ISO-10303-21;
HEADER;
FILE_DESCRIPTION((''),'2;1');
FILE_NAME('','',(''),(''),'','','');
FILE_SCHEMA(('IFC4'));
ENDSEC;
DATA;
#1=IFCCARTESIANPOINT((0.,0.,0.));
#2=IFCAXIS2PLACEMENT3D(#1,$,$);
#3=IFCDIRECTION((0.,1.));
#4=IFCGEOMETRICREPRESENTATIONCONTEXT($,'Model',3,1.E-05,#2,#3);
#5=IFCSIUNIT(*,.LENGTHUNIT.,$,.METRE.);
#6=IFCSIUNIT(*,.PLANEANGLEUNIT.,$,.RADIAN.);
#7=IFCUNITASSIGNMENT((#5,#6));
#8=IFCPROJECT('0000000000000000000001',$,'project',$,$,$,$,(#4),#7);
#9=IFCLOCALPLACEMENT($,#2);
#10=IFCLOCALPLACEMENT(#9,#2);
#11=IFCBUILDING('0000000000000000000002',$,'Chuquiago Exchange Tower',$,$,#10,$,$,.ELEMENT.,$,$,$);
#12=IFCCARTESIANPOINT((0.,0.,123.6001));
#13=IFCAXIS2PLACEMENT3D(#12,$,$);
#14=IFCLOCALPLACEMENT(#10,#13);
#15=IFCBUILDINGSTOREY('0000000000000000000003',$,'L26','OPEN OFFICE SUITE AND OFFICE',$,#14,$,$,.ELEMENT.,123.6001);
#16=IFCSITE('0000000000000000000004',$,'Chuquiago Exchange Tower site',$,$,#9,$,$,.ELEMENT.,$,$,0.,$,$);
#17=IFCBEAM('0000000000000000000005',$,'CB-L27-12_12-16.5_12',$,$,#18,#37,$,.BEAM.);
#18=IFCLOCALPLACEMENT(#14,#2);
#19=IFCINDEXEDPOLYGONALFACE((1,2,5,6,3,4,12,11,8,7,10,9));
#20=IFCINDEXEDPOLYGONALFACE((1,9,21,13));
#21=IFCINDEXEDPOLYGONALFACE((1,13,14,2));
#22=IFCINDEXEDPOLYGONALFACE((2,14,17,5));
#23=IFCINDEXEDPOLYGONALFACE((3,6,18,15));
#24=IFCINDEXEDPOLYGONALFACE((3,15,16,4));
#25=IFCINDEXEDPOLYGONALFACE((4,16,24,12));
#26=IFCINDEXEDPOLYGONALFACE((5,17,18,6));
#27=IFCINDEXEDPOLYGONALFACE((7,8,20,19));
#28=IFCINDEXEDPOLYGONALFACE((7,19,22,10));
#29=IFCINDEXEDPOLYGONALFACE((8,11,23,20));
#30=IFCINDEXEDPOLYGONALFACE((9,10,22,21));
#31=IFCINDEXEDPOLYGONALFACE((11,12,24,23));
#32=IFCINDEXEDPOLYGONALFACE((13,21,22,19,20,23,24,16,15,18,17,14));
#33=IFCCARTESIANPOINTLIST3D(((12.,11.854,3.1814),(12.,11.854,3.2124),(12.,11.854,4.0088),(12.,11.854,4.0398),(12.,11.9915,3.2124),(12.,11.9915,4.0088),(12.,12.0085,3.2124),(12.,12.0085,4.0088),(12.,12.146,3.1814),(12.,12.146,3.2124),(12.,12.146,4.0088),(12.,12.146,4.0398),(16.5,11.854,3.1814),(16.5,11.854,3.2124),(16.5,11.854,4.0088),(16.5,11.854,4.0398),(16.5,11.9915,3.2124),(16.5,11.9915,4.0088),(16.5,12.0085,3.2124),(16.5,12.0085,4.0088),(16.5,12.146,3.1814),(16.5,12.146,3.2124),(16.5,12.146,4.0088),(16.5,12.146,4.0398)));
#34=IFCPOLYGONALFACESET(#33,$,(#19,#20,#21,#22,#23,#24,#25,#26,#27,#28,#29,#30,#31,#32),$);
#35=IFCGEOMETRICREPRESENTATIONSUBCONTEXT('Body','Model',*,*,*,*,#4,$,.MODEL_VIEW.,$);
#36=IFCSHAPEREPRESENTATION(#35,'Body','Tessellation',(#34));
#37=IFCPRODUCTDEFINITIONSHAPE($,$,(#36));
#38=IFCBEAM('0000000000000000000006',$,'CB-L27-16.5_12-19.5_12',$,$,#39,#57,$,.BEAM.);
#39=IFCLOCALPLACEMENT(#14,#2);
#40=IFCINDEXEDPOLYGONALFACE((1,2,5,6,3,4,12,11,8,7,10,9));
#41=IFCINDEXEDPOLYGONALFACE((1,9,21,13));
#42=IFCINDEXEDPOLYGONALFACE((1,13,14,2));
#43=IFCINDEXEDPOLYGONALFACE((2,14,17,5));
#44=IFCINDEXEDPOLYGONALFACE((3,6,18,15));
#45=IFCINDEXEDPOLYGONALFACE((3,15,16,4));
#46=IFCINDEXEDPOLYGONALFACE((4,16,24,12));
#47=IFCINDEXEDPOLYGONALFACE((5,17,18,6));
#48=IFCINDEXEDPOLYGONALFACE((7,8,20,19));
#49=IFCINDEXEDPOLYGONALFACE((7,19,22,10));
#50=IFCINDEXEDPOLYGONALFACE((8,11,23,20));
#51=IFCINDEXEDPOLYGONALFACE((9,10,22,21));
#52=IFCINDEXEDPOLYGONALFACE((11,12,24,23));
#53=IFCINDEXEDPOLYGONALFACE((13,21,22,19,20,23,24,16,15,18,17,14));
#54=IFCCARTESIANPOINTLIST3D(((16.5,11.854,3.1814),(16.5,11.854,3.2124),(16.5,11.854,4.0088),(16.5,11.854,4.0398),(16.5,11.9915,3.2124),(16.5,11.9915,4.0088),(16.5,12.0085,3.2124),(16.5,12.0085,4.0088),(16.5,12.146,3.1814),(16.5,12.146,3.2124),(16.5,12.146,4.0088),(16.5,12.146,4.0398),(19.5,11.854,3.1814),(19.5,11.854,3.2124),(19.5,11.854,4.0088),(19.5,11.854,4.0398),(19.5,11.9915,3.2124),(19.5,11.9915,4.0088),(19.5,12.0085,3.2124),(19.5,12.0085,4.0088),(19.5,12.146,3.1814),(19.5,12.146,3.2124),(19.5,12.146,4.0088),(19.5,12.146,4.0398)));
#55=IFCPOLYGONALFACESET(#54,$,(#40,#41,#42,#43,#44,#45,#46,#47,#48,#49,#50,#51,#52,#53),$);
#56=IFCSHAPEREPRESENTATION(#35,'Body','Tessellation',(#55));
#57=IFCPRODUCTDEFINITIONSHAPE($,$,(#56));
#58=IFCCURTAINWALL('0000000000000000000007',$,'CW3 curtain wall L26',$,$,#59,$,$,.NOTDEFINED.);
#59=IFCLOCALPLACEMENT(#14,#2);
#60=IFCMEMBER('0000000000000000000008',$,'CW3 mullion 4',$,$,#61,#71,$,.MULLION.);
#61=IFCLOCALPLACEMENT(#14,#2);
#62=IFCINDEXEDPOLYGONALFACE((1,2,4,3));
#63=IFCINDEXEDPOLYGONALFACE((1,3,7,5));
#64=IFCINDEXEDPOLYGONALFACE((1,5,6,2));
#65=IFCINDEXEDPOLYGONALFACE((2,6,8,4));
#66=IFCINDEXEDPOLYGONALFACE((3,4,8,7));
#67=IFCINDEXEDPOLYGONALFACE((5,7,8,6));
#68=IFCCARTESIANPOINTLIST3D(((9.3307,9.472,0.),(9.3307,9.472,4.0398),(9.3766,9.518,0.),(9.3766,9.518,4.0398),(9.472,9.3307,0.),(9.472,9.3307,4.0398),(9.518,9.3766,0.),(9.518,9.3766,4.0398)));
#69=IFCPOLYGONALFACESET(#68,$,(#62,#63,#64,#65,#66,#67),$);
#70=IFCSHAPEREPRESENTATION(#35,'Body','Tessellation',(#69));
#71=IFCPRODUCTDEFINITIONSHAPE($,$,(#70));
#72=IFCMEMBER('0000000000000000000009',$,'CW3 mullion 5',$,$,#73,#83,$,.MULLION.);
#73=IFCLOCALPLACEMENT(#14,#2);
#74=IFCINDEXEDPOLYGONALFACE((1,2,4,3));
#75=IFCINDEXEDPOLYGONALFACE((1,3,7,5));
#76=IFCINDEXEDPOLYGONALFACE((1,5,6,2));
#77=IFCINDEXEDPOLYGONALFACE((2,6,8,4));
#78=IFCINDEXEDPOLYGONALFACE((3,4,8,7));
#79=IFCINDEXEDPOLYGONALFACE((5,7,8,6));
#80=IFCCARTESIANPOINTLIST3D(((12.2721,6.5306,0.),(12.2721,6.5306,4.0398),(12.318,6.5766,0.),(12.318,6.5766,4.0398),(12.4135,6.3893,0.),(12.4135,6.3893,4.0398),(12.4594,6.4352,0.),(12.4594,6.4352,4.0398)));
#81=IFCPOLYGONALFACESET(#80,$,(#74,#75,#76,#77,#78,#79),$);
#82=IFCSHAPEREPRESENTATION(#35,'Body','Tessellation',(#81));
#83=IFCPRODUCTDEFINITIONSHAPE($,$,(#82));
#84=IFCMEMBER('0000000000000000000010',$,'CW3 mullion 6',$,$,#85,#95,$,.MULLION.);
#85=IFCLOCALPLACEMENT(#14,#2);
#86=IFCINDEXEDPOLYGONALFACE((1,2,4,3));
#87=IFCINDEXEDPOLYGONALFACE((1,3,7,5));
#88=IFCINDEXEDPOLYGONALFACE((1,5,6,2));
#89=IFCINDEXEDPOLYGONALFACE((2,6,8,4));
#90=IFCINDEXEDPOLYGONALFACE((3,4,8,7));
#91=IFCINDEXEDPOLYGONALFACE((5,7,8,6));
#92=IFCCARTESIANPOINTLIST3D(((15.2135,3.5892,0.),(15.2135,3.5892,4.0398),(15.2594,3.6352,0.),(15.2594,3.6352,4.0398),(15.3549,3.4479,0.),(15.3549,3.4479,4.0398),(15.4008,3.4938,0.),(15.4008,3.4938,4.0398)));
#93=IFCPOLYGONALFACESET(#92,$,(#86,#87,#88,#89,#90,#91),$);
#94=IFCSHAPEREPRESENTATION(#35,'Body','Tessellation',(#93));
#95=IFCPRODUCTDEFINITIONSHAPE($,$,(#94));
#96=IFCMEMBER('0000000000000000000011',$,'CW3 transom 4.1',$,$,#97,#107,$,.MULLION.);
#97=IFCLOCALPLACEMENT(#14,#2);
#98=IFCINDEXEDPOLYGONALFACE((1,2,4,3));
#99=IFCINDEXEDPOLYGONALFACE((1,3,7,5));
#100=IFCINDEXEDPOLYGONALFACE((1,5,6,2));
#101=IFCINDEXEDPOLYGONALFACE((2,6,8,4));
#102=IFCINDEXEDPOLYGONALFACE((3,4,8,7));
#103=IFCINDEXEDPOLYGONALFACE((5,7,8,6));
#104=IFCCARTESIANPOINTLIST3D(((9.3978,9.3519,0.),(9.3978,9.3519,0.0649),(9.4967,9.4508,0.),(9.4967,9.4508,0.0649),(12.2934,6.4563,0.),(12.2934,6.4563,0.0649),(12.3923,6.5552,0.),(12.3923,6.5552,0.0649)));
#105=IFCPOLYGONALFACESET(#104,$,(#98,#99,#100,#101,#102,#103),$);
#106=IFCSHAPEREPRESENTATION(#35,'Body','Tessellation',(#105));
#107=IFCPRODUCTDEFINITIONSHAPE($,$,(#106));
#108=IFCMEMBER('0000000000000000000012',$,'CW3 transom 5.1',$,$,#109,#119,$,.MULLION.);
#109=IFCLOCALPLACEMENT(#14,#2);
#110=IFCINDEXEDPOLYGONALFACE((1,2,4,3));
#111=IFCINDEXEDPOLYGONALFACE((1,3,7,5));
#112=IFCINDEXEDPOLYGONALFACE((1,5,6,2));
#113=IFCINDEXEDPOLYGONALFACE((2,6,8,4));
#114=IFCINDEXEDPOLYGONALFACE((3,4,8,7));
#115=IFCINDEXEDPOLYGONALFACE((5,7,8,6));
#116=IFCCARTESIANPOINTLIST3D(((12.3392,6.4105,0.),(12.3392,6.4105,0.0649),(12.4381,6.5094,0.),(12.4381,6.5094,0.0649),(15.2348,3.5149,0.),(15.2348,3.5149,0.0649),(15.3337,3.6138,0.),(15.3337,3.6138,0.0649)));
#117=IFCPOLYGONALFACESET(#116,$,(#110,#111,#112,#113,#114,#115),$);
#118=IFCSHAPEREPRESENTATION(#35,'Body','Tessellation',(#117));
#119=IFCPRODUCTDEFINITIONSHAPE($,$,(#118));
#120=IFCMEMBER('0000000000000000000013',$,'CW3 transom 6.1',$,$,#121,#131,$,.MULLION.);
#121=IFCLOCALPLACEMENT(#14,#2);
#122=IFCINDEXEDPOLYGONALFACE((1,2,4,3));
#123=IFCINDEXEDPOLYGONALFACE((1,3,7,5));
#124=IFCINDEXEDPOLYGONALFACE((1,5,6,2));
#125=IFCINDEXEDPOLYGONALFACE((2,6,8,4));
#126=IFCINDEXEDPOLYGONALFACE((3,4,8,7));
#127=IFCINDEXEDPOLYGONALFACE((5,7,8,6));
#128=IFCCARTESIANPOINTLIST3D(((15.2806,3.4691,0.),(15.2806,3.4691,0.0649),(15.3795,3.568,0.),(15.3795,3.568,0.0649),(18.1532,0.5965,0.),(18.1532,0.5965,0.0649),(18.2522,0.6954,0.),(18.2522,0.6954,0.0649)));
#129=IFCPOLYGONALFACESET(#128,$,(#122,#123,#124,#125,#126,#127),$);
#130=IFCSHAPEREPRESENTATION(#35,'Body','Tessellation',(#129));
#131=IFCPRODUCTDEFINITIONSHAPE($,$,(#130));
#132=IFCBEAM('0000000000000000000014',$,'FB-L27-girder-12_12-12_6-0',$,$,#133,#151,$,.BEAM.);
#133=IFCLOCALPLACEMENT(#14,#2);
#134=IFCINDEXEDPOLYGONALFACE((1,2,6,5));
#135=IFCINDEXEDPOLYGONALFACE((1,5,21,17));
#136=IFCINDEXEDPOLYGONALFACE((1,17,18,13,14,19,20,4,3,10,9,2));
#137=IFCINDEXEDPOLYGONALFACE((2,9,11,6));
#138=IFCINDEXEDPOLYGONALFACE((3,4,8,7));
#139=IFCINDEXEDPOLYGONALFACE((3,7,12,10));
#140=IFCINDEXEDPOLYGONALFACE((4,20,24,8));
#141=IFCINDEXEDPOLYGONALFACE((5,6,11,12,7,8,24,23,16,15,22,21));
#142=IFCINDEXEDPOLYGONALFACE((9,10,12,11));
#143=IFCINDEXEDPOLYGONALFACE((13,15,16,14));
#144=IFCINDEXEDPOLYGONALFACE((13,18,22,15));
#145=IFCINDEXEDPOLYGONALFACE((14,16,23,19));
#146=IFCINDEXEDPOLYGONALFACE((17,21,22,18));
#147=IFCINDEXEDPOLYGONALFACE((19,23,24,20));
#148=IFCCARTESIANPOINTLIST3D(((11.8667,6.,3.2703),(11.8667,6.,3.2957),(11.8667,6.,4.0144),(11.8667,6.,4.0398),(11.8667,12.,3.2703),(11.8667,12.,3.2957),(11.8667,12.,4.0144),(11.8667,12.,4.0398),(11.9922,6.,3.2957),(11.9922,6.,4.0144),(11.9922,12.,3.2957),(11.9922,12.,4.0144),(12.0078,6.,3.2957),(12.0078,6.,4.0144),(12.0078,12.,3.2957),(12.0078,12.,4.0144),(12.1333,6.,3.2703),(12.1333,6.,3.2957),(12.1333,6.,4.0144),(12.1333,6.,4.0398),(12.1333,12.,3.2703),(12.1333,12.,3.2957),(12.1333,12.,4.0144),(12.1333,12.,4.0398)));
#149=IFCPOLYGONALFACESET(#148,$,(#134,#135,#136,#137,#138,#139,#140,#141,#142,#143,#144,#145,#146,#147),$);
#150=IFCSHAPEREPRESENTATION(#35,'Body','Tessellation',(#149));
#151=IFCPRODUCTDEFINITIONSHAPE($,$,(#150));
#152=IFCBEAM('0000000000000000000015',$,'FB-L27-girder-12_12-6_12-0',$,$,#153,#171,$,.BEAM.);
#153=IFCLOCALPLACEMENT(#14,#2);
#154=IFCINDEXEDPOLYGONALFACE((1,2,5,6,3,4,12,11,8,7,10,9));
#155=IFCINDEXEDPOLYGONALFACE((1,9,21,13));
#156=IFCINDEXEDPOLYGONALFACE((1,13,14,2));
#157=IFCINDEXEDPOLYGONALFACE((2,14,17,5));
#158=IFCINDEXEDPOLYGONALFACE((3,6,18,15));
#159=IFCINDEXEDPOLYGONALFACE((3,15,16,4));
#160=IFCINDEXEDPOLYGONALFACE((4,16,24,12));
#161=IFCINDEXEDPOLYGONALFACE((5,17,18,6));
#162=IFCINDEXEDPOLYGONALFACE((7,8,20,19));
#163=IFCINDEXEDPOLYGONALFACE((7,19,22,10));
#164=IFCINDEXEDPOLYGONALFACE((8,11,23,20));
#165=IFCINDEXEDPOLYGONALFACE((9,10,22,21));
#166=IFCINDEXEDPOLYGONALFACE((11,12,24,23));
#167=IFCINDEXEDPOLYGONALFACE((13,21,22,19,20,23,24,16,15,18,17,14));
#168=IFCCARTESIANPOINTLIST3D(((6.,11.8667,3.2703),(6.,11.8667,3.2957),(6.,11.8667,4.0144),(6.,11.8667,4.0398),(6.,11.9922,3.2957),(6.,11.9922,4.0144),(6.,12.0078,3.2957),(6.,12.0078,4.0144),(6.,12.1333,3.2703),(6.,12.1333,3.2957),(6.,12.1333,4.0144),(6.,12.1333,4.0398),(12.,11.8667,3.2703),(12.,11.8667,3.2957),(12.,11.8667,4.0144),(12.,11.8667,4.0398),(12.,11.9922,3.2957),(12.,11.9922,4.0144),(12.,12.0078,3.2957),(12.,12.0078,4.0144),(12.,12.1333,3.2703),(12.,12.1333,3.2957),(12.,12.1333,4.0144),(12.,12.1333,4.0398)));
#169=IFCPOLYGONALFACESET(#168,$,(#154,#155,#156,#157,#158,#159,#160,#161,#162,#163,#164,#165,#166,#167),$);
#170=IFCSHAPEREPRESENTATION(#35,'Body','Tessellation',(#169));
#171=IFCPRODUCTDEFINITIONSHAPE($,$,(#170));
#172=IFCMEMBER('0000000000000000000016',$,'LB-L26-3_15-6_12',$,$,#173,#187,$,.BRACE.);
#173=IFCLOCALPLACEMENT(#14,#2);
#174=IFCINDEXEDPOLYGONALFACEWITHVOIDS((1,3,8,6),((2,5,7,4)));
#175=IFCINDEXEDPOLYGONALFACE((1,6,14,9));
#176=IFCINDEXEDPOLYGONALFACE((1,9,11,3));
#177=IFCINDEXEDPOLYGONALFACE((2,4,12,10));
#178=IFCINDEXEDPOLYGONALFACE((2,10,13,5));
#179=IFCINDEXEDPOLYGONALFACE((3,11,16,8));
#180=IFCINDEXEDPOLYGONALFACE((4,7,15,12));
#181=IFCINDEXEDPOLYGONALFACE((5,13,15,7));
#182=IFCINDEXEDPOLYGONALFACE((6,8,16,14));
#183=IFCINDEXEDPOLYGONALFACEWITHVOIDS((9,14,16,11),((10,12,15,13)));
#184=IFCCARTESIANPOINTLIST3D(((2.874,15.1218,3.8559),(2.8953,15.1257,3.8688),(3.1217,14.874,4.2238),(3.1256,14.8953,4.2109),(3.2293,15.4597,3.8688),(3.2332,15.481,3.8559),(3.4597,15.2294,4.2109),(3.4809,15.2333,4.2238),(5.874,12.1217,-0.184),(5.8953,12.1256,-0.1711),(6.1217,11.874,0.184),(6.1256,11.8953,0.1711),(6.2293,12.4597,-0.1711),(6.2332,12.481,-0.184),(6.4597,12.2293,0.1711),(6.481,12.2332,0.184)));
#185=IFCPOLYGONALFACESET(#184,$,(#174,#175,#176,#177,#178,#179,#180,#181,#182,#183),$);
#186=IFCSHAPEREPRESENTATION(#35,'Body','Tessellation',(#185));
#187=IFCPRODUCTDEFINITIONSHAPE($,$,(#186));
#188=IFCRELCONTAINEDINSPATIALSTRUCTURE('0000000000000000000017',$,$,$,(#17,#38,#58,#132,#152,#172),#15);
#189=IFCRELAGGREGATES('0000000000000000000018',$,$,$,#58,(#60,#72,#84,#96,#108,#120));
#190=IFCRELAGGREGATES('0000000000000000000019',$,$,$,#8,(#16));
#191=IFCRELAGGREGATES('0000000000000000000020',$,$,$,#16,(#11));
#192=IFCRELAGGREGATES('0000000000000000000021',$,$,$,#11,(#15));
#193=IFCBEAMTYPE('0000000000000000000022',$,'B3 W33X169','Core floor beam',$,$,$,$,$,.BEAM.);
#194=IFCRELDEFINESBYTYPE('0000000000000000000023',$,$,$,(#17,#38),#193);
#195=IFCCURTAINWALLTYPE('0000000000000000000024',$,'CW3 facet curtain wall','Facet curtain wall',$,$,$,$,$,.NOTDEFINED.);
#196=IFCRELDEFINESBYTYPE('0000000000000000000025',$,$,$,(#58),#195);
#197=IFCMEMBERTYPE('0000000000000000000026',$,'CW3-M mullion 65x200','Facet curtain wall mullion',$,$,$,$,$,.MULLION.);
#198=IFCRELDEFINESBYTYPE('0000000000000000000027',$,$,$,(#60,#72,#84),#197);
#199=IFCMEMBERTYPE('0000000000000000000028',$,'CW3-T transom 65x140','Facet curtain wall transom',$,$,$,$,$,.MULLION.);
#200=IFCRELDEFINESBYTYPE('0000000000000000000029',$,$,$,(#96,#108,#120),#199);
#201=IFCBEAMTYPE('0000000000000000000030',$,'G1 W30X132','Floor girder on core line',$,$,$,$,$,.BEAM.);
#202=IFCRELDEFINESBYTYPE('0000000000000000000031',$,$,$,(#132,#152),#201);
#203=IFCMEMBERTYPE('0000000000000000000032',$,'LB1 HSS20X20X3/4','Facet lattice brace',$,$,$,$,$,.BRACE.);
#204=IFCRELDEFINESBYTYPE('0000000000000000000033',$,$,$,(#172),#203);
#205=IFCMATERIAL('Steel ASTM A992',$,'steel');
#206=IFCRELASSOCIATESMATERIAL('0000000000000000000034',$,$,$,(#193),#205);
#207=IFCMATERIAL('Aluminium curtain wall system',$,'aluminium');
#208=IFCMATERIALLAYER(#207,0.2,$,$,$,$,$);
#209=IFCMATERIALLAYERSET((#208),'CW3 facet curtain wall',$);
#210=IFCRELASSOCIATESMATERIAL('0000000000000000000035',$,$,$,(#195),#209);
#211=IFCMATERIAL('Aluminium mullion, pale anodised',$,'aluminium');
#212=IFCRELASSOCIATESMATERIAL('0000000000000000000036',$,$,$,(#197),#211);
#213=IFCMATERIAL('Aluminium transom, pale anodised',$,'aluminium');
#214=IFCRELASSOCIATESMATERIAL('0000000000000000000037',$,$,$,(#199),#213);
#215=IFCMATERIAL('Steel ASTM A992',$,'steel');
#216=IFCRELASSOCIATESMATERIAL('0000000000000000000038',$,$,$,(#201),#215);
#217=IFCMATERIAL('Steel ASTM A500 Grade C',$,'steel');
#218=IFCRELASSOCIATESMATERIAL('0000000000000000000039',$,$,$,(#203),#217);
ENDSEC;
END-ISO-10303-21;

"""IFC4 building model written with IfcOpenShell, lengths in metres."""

from ifc_helpers import new_model, si_unit, direction, frame, origin, origin_2d, place, context, subcontext, project, spatial, rectangle, hollow_rectangle, i_section, extrude, material, layer, layer_set, material_profile, profile_set, type_object, element, aggregate, save


model = new_model("IFC4")

# Units and contexts
model_context = context("Model", 3, precision=1e-05, world=origin(), true_north=direction((0.0, 1.0)))
body_context = subcontext(model_context, "Body", "Model", "MODEL_VIEW")
ifc_project = project(units=[si_unit("LENGTHUNIT", "METRE"), si_unit("PLANEANGLEUNIT", "RADIAN")], contexts=[model_context])

# Site, building, storey
site_placement = place(None, origin())
site = spatial("IfcSite", under=ifc_project, at=site_placement, Name="Chuquiago Exchange Tower site", CompositionType="ELEMENT", RefElevation=0.0)
building_placement = place(site_placement, origin())
building = spatial("IfcBuilding", under=site, at=building_placement, Name="Chuquiago Exchange Tower", CompositionType="ELEMENT")
storey_placement = place(building_placement, frame((0.0, 0.0, 123.6001)))
storey = spatial("IfcBuildingStorey", under=building, at=storey_placement, Name="L26", Description="OPEN OFFICE SUITE AND OFFICE", CompositionType="ELEMENT", Elevation=123.6001)

# Beams
ifc_material_1 = material(Name="Steel ASTM A992", Category="steel")
ifc_material_profile_1 = material_profile(ifc_material_1, i_section(OverallWidth=0.292, OverallDepth=0.8584, WebThickness=0.0171, FlangeThickness=0.031, at=origin_2d()), Name="W33X169")
ifc_profile_set_1 = profile_set([ifc_material_profile_1], Name="Steel ASTM A992")
beam_type_1 = type_object("IfcBeamType", Name="B3 W33X169", Description="Core floor beam", PredefinedType="BEAM", material=ifc_profile_set_1)
beam_1_placement = place(storey_placement, frame((12.0, 12.0, 3.6106), z_axis=(1.0, 0.0, 0.0), x_axis=(0.0, 1.0, 0.0)))
element("IfcBeam", 1, at=beam_1_placement, inside=storey, type_object=beam_type_1, Name="CB-L27-12_12-16.5_12", PredefinedType="BEAM", context=body_context, shape_type="SweptSolid", body=[
    extrude(i_section(OverallWidth=0.292, OverallDepth=0.8584, WebThickness=0.0171, FlangeThickness=0.031, at=origin_2d()), origin(), (0.0, 0.0, 1.0), 4.5),
])
beam_2_placement = place(storey_placement, frame((16.5, 12.0, 3.6106), z_axis=(1.0, 0.0, 0.0), x_axis=(0.0, 1.0, 0.0)))
element("IfcBeam", 2, at=beam_2_placement, inside=storey, type_object=beam_type_1, Name="CB-L27-16.5_12-19.5_12", PredefinedType="BEAM", context=body_context, shape_type="SweptSolid", body=[
    extrude(i_section(OverallWidth=0.292, OverallDepth=0.8584, WebThickness=0.0171, FlangeThickness=0.031, at=origin_2d()), origin(), (0.0, 0.0, 1.0), 3.0),
])

# Curtain wall, members
ifc_material_2 = material(Name="Aluminium curtain wall system", Category="aluminium")
ifc_layer_1 = layer(ifc_material_2, 0.2)
ifc_layer_set_1 = layer_set([ifc_layer_1], Name="CW3 facet curtain wall")
curtain_wall_type = type_object("IfcCurtainWallType", Name="CW3 facet curtain wall", Description="Facet curtain wall", PredefinedType="NOTDEFINED", material=ifc_layer_set_1)
curtain_wall_placement = place(storey_placement, origin())
curtain_wall = element("IfcCurtainWall", 3, at=curtain_wall_placement, inside=storey, type_object=curtain_wall_type, Name="CW3 curtain wall L26", PredefinedType="NOTDEFINED")
ifc_material_3 = material(Name="Aluminium mullion, pale anodised", Category="aluminium")
ifc_material_profile_2 = material_profile(ifc_material_3, rectangle(XDim=0.0649, YDim=0.2, at=origin_2d()), Name="AL 65x200")
ifc_profile_set_2 = profile_set([ifc_material_profile_2], Name="Aluminium mullion, pale anodised")
member_type_1 = type_object("IfcMemberType", Name="CW3-M mullion 65x200", Description="Facet curtain wall mullion", PredefinedType="MULLION", material=ifc_profile_set_2)
member_1_placement = place(storey_placement, frame((9.4243, 9.4243, 0.0), z_axis=(0.0, 0.0, 1.0), x_axis=(0.707107, 0.707107, 0.0)))
member_1 = element("IfcMember", 4, at=member_1_placement, type_object=member_type_1, Name="CW3 mullion 4", PredefinedType="MULLION", context=body_context, shape_type="SweptSolid", body=[
    extrude(rectangle(XDim=0.0649, YDim=0.2, at=origin_2d()), origin(), (0.0, 0.0, 1.0), 4.0398),
])
member_2_placement = place(storey_placement, frame((12.3657, 6.4829, 0.0), z_axis=(0.0, 0.0, 1.0), x_axis=(0.707107, 0.707107, 0.0)))
member_2 = element("IfcMember", 5, at=member_2_placement, type_object=member_type_1, Name="CW3 mullion 5", PredefinedType="MULLION", context=body_context, shape_type="SweptSolid", body=[
    extrude(rectangle(XDim=0.0649, YDim=0.2, at=origin_2d()), origin(), (0.0, 0.0, 1.0), 4.0398),
])
member_3_placement = place(storey_placement, frame((15.3071, 3.5415, 0.0), z_axis=(0.0, 0.0, 1.0), x_axis=(0.707107, 0.707107, 0.0)))
member_3 = element("IfcMember", 6, at=member_3_placement, type_object=member_type_1, Name="CW3 mullion 6", PredefinedType="MULLION", context=body_context, shape_type="SweptSolid", body=[
    extrude(rectangle(XDim=0.0649, YDim=0.2, at=origin_2d()), origin(), (0.0, 0.0, 1.0), 4.0398),
])
ifc_material_4 = material(Name="Aluminium transom, pale anodised", Category="aluminium")
ifc_material_profile_3 = material_profile(ifc_material_4, rectangle(XDim=0.1399, YDim=0.0649, at=origin_2d()), Name="AL 140x65")
ifc_profile_set_3 = profile_set([ifc_material_profile_3], Name="Aluminium transom, pale anodised")
member_type_2 = type_object("IfcMemberType", Name="CW3-T transom 65x140", Description="Facet curtain wall transom", PredefinedType="MULLION", material=ifc_profile_set_3)
member_4_placement = place(storey_placement, frame((9.4473, 9.4014, 0.0325), z_axis=(0.707107, -0.707107, 0.0), x_axis=(0.707107, 0.707107, 0.0)))
member_4 = element("IfcMember", 7, at=member_4_placement, type_object=member_type_2, Name="CW3 transom 4.1", PredefinedType="MULLION", context=body_context, shape_type="SweptSolid", body=[
    extrude(rectangle(XDim=0.1399, YDim=0.0649, at=origin_2d()), origin(), (0.0, 0.0, 1.0), 4.095),
])
member_5_placement = place(storey_placement, frame((12.3887, 6.46, 0.0325), z_axis=(0.707107, -0.707107, 0.0), x_axis=(0.707107, 0.707107, 0.0)))
member_5 = element("IfcMember", 8, at=member_5_placement, type_object=member_type_2, Name="CW3 transom 5.1", PredefinedType="MULLION", context=body_context, shape_type="SweptSolid", body=[
    extrude(rectangle(XDim=0.1399, YDim=0.0649, at=origin_2d()), origin(), (0.0, 0.0, 1.0), 4.095),
])
member_6_placement = place(storey_placement, frame((15.3301, 3.5186, 0.0325), z_axis=(0.707107, -0.707107, 0.0), x_axis=(0.707107, 0.707107, 0.0)))
member_6 = element("IfcMember", 9, at=member_6_placement, type_object=member_type_2, Name="CW3 transom 6.1", PredefinedType="MULLION", context=body_context, shape_type="SweptSolid", body=[
    extrude(rectangle(XDim=0.1399, YDim=0.0649, at=origin_2d()), origin(), (0.0, 0.0, 1.0), 4.0625),
])

# Beams
ifc_material_5 = material(Name="Steel ASTM A992", Category="steel")
ifc_material_profile_4 = material_profile(ifc_material_5, i_section(OverallWidth=0.2666, OverallDepth=0.7695, WebThickness=0.0156, FlangeThickness=0.0254, at=origin_2d()), Name="W30X132")
ifc_profile_set_4 = profile_set([ifc_material_profile_4], Name="Steel ASTM A992")
beam_type_2 = type_object("IfcBeamType", Name="G1 W30X132", Description="Floor girder on core line", PredefinedType="BEAM", material=ifc_profile_set_4)
for number, where, z_axis, x_axis, name in (
    (10, (12.0, 12.0, 3.655), (0.0, -1.0, 0.0), (1.0, 0.0, 0.0), "FB-L27-girder-12_12-12_6-0"),
    (11, (12.0, 12.0, 3.655), (-1.0, 0.0, 0.0), (0.0, -1.0, 0.0), "FB-L27-girder-12_12-6_12-0"),
):
    element("IfcBeam", number, at=place(storey_placement, frame(where, z_axis=z_axis, x_axis=x_axis)), inside=storey, type_object=beam_type_2, Name=name, PredefinedType="BEAM", context=body_context, shape_type="SweptSolid", body=[
        extrude(i_section(OverallWidth=0.2666, OverallDepth=0.7695, WebThickness=0.0156, FlangeThickness=0.0254, at=origin_2d()), origin(), (0.0, 0.0, 1.0), 6.0),
    ])

# Member
ifc_material_6 = material(Name="Steel ASTM A500 Grade C", Category="steel")
ifc_material_profile_5 = material_profile(ifc_material_6, hollow_rectangle(XDim=0.5081, YDim=0.5081, WallThickness=0.0178, at=origin_2d()), Name="HSS20X20X3/4")
ifc_profile_set_5 = profile_set([ifc_material_profile_5], Name="Steel ASTM A500 Grade C")
member_type_3 = type_object("IfcMemberType", Name="LB1 HSS20X20X3/4", Description="Facet lattice brace", PredefinedType="BRACE", material=ifc_profile_set_5)
for number, where, z_axis, x_axis, name in (
    (12, (6.1775, 12.1775, 0.0), (-0.512092, 0.512092, 0.689582), (-0.707107, -0.707107, 0.0), "LB-L26-3_15-6_12"),
):
    element("IfcMember", number, at=place(storey_placement, frame(where, z_axis=z_axis, x_axis=x_axis)), inside=storey, type_object=member_type_3, Name=name, PredefinedType="BRACE", context=body_context, shape_type="SweptSolid", body=[
        extrude(hollow_rectangle(XDim=0.5081, YDim=0.5081, WallThickness=0.0178, at=origin_2d()), origin(), (0.0, 0.0, 1.0), 5.8584),
    ])

aggregate(curtain_wall, [member_1, member_2, member_3, member_4, member_5, member_6])

save(model, "model.ifc")
